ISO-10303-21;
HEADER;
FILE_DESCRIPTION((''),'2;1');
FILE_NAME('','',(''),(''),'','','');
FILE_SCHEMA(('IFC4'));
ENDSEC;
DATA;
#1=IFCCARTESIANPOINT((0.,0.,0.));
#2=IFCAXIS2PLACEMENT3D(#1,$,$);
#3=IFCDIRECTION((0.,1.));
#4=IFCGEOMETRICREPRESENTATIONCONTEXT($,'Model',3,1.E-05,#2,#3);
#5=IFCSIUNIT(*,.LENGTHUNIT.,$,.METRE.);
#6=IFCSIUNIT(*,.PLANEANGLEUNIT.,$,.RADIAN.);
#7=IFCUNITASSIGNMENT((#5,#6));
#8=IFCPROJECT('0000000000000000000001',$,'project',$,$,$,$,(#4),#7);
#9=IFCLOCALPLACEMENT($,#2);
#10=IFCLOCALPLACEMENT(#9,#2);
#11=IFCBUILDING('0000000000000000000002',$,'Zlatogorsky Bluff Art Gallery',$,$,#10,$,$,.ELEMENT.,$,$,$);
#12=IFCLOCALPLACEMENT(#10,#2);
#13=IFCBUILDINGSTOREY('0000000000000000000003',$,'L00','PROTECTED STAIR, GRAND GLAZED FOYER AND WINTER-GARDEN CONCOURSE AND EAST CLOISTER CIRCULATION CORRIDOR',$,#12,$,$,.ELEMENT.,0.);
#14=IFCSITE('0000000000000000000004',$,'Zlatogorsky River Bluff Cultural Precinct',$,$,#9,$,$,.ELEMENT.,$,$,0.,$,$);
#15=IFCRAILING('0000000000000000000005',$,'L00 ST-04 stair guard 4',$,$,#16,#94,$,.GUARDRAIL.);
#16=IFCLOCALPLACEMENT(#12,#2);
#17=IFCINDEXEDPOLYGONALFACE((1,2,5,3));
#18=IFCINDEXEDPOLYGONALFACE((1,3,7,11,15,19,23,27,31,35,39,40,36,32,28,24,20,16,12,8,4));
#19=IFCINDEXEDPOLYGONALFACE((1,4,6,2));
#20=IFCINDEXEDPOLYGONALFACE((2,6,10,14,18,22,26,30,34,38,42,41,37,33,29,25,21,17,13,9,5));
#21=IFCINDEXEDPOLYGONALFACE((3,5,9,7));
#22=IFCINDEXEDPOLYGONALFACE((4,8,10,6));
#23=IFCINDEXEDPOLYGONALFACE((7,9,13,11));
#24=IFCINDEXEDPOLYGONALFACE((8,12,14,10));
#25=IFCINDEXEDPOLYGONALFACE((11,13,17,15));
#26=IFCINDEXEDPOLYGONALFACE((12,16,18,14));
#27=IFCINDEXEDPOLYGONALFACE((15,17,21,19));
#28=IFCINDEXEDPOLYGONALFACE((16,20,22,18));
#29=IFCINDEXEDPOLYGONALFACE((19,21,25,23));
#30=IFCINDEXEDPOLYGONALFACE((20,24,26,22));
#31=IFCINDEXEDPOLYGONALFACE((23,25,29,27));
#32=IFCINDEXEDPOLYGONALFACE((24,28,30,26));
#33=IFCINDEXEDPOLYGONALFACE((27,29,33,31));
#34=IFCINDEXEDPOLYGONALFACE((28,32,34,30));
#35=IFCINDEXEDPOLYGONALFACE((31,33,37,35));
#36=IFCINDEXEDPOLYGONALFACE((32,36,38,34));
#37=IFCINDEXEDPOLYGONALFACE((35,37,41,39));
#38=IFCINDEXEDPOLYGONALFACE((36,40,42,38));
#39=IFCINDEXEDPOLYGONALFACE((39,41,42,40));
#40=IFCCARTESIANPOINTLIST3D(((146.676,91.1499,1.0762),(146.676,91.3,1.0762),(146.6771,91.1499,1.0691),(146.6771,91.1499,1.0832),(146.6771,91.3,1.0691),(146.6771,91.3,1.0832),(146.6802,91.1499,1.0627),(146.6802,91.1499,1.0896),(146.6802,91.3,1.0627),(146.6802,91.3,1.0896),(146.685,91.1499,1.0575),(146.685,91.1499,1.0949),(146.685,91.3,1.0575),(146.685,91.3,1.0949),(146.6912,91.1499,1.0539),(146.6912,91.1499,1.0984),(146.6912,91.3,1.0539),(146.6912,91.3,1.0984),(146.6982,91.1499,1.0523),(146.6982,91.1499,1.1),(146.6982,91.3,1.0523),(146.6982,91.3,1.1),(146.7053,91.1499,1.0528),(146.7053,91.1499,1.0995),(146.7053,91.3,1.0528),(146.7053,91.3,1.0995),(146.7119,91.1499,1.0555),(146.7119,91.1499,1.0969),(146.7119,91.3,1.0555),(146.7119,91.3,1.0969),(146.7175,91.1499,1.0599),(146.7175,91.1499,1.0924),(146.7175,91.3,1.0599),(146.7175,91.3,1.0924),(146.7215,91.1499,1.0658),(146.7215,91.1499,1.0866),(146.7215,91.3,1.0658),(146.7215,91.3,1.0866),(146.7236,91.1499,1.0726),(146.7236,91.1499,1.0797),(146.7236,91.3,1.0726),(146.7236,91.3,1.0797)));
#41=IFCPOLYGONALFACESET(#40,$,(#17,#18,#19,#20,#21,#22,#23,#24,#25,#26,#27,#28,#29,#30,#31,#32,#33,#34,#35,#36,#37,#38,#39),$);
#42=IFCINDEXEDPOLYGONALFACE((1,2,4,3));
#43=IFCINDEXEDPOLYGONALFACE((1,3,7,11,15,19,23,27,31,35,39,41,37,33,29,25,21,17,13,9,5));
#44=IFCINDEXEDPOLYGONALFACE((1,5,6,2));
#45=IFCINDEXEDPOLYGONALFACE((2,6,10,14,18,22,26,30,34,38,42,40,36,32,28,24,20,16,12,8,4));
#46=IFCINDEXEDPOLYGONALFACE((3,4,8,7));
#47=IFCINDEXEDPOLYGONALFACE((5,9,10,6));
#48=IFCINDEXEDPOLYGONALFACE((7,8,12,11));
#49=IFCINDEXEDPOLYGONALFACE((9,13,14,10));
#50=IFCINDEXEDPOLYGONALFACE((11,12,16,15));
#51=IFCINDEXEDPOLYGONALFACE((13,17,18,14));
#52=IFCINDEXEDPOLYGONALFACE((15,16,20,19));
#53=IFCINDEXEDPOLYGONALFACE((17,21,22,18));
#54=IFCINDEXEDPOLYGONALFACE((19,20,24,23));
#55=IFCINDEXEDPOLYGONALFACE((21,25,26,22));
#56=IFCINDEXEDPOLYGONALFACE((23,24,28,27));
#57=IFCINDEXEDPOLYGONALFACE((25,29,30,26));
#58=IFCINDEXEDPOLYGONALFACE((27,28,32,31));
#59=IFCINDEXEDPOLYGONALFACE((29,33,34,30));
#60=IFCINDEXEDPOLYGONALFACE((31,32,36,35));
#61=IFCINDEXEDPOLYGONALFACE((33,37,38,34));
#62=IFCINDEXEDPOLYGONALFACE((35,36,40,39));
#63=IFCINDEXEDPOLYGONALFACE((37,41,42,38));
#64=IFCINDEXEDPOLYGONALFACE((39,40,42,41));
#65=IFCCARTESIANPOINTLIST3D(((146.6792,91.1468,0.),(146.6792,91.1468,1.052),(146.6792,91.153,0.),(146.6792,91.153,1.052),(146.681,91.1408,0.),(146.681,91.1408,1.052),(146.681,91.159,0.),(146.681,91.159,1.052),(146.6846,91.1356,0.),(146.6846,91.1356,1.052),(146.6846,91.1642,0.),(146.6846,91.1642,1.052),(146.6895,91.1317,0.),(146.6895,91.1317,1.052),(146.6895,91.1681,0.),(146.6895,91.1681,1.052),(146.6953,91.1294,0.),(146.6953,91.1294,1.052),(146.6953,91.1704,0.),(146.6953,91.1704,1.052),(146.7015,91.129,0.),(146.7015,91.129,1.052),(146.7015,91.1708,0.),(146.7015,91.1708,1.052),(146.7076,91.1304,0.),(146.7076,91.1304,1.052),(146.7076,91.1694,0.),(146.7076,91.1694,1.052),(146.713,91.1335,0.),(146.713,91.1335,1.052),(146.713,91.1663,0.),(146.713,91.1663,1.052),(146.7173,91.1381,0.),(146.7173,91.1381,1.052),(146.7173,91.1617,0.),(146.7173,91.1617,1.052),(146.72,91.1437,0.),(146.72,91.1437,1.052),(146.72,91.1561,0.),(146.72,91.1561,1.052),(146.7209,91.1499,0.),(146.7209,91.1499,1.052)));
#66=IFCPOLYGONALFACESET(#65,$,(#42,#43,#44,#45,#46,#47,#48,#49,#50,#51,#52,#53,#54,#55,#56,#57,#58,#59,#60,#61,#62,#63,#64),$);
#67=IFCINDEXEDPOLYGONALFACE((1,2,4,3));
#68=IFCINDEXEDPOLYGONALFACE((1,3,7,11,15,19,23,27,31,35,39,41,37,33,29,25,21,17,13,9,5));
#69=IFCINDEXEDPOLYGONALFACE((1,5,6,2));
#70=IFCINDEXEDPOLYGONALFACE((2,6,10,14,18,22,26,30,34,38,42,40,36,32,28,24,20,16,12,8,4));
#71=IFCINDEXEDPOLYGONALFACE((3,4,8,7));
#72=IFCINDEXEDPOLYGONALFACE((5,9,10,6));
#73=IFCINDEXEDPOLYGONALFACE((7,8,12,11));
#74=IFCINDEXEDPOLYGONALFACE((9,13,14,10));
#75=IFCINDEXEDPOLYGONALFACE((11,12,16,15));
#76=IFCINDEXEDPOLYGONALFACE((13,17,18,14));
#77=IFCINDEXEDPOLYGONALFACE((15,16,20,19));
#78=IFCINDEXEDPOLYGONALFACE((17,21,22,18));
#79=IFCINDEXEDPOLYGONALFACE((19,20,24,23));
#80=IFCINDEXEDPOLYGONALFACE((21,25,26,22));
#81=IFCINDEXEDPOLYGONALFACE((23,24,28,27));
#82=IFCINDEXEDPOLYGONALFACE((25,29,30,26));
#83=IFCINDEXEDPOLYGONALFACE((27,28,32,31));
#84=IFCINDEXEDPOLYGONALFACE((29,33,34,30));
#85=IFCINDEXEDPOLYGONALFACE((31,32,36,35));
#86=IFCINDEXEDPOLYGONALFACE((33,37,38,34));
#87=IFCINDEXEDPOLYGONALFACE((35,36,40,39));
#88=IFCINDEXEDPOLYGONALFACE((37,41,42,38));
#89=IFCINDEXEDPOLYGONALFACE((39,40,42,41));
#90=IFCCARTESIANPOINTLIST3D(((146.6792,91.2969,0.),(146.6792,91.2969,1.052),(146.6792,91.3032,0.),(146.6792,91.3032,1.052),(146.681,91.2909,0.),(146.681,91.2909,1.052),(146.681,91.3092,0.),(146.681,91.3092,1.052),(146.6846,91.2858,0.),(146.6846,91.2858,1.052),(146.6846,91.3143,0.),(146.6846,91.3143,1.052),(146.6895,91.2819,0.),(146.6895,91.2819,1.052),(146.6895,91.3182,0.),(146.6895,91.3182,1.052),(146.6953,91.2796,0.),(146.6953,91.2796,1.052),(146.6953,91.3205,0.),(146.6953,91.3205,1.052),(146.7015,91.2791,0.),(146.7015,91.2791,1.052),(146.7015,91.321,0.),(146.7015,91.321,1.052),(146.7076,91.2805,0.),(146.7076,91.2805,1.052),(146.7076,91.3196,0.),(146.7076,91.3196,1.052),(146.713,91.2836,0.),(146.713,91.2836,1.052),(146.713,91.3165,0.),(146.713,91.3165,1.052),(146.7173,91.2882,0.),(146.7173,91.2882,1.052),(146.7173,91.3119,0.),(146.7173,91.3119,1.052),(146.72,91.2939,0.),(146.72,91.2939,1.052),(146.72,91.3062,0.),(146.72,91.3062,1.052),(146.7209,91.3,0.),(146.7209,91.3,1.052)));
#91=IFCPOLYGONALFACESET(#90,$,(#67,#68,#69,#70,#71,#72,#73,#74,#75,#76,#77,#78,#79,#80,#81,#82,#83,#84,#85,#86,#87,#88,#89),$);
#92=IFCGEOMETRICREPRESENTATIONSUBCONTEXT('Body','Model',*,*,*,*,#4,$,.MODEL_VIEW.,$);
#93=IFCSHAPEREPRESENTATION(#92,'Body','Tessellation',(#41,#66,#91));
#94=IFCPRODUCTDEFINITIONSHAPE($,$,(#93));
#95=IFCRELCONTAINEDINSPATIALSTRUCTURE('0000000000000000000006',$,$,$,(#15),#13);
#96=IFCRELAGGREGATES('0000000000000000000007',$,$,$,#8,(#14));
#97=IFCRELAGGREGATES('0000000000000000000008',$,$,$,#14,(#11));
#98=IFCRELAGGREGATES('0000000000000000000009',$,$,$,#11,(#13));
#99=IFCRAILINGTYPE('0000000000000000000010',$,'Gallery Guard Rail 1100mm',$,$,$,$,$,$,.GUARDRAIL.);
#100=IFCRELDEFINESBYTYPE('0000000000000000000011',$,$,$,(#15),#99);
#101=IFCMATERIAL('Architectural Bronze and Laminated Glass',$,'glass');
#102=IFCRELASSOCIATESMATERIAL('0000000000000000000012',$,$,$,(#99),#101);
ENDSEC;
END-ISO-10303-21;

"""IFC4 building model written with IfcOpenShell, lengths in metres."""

from ifc_helpers import new_model, si_unit, direction, frame, origin, origin_2d, place, context, subcontext, project, spatial, circle, extrude, material, type_object, element, save


model = new_model("IFC4")

# Units and contexts
model_context = context("Model", 3, precision=1e-05, world=origin(), true_north=direction((0.0, 1.0)))
body_context = subcontext(model_context, "Body", "Model", "MODEL_VIEW")
ifc_project = project(units=[si_unit("LENGTHUNIT", "METRE"), si_unit("PLANEANGLEUNIT", "RADIAN")], contexts=[model_context])

# Site, building, storey
site_placement = place(None, origin())
site = spatial("IfcSite", under=ifc_project, at=site_placement, Name="Zlatogorsky River Bluff Cultural Precinct", CompositionType="ELEMENT", RefElevation=0.0)
building_placement = place(site_placement, origin())
building = spatial("IfcBuilding", under=site, at=building_placement, Name="Zlatogorsky Bluff Art Gallery", CompositionType="ELEMENT")
storey_placement = place(building_placement, origin())
storey = spatial("IfcBuildingStorey", under=building, at=storey_placement, Name="L00", Description="PROTECTED STAIR, GRAND GLAZED FOYER AND WINTER-GARDEN CONCOURSE AND EAST CLOISTER CIRCULATION CORRIDOR", CompositionType="ELEMENT", Elevation=0.0)

# Railing
ifc_material_1 = material(Name="Architectural Bronze and Laminated Glass", Category="glass")
railing_type_1 = type_object("IfcRailingType", Name="Gallery Guard Rail 1100mm", PredefinedType="GUARDRAIL", material=ifc_material_1)
railing_1_placement = place(storey_placement, frame((146.7, 91.1499, 0.0)))
element("IfcRailing", 1, at=railing_1_placement, inside=storey, type_object=railing_type_1, Name="L00 ST-04 stair guard 4", PredefinedType="GUARDRAIL", context=body_context, shape_type="SweptSolid", body=[
    extrude(circle(Radius=0.0239, at=origin_2d()), frame((0.0, 0.0, 1.0762), z_axis=(0.0, 1.0, 0.0), x_axis=(-1.0, 0.0, 0.0)), (0.0, 0.0, 1.0), 0.1501),
    extrude(circle(Radius=0.021, at=origin_2d()), origin(), (0.0, 0.0, 1.0), 1.052),
    extrude(circle(Radius=0.021, at=origin_2d()), frame((0.0, 0.1501, 0.0)), (0.0, 0.0, 1.0), 1.052),
])

save(model, "model.ifc")
